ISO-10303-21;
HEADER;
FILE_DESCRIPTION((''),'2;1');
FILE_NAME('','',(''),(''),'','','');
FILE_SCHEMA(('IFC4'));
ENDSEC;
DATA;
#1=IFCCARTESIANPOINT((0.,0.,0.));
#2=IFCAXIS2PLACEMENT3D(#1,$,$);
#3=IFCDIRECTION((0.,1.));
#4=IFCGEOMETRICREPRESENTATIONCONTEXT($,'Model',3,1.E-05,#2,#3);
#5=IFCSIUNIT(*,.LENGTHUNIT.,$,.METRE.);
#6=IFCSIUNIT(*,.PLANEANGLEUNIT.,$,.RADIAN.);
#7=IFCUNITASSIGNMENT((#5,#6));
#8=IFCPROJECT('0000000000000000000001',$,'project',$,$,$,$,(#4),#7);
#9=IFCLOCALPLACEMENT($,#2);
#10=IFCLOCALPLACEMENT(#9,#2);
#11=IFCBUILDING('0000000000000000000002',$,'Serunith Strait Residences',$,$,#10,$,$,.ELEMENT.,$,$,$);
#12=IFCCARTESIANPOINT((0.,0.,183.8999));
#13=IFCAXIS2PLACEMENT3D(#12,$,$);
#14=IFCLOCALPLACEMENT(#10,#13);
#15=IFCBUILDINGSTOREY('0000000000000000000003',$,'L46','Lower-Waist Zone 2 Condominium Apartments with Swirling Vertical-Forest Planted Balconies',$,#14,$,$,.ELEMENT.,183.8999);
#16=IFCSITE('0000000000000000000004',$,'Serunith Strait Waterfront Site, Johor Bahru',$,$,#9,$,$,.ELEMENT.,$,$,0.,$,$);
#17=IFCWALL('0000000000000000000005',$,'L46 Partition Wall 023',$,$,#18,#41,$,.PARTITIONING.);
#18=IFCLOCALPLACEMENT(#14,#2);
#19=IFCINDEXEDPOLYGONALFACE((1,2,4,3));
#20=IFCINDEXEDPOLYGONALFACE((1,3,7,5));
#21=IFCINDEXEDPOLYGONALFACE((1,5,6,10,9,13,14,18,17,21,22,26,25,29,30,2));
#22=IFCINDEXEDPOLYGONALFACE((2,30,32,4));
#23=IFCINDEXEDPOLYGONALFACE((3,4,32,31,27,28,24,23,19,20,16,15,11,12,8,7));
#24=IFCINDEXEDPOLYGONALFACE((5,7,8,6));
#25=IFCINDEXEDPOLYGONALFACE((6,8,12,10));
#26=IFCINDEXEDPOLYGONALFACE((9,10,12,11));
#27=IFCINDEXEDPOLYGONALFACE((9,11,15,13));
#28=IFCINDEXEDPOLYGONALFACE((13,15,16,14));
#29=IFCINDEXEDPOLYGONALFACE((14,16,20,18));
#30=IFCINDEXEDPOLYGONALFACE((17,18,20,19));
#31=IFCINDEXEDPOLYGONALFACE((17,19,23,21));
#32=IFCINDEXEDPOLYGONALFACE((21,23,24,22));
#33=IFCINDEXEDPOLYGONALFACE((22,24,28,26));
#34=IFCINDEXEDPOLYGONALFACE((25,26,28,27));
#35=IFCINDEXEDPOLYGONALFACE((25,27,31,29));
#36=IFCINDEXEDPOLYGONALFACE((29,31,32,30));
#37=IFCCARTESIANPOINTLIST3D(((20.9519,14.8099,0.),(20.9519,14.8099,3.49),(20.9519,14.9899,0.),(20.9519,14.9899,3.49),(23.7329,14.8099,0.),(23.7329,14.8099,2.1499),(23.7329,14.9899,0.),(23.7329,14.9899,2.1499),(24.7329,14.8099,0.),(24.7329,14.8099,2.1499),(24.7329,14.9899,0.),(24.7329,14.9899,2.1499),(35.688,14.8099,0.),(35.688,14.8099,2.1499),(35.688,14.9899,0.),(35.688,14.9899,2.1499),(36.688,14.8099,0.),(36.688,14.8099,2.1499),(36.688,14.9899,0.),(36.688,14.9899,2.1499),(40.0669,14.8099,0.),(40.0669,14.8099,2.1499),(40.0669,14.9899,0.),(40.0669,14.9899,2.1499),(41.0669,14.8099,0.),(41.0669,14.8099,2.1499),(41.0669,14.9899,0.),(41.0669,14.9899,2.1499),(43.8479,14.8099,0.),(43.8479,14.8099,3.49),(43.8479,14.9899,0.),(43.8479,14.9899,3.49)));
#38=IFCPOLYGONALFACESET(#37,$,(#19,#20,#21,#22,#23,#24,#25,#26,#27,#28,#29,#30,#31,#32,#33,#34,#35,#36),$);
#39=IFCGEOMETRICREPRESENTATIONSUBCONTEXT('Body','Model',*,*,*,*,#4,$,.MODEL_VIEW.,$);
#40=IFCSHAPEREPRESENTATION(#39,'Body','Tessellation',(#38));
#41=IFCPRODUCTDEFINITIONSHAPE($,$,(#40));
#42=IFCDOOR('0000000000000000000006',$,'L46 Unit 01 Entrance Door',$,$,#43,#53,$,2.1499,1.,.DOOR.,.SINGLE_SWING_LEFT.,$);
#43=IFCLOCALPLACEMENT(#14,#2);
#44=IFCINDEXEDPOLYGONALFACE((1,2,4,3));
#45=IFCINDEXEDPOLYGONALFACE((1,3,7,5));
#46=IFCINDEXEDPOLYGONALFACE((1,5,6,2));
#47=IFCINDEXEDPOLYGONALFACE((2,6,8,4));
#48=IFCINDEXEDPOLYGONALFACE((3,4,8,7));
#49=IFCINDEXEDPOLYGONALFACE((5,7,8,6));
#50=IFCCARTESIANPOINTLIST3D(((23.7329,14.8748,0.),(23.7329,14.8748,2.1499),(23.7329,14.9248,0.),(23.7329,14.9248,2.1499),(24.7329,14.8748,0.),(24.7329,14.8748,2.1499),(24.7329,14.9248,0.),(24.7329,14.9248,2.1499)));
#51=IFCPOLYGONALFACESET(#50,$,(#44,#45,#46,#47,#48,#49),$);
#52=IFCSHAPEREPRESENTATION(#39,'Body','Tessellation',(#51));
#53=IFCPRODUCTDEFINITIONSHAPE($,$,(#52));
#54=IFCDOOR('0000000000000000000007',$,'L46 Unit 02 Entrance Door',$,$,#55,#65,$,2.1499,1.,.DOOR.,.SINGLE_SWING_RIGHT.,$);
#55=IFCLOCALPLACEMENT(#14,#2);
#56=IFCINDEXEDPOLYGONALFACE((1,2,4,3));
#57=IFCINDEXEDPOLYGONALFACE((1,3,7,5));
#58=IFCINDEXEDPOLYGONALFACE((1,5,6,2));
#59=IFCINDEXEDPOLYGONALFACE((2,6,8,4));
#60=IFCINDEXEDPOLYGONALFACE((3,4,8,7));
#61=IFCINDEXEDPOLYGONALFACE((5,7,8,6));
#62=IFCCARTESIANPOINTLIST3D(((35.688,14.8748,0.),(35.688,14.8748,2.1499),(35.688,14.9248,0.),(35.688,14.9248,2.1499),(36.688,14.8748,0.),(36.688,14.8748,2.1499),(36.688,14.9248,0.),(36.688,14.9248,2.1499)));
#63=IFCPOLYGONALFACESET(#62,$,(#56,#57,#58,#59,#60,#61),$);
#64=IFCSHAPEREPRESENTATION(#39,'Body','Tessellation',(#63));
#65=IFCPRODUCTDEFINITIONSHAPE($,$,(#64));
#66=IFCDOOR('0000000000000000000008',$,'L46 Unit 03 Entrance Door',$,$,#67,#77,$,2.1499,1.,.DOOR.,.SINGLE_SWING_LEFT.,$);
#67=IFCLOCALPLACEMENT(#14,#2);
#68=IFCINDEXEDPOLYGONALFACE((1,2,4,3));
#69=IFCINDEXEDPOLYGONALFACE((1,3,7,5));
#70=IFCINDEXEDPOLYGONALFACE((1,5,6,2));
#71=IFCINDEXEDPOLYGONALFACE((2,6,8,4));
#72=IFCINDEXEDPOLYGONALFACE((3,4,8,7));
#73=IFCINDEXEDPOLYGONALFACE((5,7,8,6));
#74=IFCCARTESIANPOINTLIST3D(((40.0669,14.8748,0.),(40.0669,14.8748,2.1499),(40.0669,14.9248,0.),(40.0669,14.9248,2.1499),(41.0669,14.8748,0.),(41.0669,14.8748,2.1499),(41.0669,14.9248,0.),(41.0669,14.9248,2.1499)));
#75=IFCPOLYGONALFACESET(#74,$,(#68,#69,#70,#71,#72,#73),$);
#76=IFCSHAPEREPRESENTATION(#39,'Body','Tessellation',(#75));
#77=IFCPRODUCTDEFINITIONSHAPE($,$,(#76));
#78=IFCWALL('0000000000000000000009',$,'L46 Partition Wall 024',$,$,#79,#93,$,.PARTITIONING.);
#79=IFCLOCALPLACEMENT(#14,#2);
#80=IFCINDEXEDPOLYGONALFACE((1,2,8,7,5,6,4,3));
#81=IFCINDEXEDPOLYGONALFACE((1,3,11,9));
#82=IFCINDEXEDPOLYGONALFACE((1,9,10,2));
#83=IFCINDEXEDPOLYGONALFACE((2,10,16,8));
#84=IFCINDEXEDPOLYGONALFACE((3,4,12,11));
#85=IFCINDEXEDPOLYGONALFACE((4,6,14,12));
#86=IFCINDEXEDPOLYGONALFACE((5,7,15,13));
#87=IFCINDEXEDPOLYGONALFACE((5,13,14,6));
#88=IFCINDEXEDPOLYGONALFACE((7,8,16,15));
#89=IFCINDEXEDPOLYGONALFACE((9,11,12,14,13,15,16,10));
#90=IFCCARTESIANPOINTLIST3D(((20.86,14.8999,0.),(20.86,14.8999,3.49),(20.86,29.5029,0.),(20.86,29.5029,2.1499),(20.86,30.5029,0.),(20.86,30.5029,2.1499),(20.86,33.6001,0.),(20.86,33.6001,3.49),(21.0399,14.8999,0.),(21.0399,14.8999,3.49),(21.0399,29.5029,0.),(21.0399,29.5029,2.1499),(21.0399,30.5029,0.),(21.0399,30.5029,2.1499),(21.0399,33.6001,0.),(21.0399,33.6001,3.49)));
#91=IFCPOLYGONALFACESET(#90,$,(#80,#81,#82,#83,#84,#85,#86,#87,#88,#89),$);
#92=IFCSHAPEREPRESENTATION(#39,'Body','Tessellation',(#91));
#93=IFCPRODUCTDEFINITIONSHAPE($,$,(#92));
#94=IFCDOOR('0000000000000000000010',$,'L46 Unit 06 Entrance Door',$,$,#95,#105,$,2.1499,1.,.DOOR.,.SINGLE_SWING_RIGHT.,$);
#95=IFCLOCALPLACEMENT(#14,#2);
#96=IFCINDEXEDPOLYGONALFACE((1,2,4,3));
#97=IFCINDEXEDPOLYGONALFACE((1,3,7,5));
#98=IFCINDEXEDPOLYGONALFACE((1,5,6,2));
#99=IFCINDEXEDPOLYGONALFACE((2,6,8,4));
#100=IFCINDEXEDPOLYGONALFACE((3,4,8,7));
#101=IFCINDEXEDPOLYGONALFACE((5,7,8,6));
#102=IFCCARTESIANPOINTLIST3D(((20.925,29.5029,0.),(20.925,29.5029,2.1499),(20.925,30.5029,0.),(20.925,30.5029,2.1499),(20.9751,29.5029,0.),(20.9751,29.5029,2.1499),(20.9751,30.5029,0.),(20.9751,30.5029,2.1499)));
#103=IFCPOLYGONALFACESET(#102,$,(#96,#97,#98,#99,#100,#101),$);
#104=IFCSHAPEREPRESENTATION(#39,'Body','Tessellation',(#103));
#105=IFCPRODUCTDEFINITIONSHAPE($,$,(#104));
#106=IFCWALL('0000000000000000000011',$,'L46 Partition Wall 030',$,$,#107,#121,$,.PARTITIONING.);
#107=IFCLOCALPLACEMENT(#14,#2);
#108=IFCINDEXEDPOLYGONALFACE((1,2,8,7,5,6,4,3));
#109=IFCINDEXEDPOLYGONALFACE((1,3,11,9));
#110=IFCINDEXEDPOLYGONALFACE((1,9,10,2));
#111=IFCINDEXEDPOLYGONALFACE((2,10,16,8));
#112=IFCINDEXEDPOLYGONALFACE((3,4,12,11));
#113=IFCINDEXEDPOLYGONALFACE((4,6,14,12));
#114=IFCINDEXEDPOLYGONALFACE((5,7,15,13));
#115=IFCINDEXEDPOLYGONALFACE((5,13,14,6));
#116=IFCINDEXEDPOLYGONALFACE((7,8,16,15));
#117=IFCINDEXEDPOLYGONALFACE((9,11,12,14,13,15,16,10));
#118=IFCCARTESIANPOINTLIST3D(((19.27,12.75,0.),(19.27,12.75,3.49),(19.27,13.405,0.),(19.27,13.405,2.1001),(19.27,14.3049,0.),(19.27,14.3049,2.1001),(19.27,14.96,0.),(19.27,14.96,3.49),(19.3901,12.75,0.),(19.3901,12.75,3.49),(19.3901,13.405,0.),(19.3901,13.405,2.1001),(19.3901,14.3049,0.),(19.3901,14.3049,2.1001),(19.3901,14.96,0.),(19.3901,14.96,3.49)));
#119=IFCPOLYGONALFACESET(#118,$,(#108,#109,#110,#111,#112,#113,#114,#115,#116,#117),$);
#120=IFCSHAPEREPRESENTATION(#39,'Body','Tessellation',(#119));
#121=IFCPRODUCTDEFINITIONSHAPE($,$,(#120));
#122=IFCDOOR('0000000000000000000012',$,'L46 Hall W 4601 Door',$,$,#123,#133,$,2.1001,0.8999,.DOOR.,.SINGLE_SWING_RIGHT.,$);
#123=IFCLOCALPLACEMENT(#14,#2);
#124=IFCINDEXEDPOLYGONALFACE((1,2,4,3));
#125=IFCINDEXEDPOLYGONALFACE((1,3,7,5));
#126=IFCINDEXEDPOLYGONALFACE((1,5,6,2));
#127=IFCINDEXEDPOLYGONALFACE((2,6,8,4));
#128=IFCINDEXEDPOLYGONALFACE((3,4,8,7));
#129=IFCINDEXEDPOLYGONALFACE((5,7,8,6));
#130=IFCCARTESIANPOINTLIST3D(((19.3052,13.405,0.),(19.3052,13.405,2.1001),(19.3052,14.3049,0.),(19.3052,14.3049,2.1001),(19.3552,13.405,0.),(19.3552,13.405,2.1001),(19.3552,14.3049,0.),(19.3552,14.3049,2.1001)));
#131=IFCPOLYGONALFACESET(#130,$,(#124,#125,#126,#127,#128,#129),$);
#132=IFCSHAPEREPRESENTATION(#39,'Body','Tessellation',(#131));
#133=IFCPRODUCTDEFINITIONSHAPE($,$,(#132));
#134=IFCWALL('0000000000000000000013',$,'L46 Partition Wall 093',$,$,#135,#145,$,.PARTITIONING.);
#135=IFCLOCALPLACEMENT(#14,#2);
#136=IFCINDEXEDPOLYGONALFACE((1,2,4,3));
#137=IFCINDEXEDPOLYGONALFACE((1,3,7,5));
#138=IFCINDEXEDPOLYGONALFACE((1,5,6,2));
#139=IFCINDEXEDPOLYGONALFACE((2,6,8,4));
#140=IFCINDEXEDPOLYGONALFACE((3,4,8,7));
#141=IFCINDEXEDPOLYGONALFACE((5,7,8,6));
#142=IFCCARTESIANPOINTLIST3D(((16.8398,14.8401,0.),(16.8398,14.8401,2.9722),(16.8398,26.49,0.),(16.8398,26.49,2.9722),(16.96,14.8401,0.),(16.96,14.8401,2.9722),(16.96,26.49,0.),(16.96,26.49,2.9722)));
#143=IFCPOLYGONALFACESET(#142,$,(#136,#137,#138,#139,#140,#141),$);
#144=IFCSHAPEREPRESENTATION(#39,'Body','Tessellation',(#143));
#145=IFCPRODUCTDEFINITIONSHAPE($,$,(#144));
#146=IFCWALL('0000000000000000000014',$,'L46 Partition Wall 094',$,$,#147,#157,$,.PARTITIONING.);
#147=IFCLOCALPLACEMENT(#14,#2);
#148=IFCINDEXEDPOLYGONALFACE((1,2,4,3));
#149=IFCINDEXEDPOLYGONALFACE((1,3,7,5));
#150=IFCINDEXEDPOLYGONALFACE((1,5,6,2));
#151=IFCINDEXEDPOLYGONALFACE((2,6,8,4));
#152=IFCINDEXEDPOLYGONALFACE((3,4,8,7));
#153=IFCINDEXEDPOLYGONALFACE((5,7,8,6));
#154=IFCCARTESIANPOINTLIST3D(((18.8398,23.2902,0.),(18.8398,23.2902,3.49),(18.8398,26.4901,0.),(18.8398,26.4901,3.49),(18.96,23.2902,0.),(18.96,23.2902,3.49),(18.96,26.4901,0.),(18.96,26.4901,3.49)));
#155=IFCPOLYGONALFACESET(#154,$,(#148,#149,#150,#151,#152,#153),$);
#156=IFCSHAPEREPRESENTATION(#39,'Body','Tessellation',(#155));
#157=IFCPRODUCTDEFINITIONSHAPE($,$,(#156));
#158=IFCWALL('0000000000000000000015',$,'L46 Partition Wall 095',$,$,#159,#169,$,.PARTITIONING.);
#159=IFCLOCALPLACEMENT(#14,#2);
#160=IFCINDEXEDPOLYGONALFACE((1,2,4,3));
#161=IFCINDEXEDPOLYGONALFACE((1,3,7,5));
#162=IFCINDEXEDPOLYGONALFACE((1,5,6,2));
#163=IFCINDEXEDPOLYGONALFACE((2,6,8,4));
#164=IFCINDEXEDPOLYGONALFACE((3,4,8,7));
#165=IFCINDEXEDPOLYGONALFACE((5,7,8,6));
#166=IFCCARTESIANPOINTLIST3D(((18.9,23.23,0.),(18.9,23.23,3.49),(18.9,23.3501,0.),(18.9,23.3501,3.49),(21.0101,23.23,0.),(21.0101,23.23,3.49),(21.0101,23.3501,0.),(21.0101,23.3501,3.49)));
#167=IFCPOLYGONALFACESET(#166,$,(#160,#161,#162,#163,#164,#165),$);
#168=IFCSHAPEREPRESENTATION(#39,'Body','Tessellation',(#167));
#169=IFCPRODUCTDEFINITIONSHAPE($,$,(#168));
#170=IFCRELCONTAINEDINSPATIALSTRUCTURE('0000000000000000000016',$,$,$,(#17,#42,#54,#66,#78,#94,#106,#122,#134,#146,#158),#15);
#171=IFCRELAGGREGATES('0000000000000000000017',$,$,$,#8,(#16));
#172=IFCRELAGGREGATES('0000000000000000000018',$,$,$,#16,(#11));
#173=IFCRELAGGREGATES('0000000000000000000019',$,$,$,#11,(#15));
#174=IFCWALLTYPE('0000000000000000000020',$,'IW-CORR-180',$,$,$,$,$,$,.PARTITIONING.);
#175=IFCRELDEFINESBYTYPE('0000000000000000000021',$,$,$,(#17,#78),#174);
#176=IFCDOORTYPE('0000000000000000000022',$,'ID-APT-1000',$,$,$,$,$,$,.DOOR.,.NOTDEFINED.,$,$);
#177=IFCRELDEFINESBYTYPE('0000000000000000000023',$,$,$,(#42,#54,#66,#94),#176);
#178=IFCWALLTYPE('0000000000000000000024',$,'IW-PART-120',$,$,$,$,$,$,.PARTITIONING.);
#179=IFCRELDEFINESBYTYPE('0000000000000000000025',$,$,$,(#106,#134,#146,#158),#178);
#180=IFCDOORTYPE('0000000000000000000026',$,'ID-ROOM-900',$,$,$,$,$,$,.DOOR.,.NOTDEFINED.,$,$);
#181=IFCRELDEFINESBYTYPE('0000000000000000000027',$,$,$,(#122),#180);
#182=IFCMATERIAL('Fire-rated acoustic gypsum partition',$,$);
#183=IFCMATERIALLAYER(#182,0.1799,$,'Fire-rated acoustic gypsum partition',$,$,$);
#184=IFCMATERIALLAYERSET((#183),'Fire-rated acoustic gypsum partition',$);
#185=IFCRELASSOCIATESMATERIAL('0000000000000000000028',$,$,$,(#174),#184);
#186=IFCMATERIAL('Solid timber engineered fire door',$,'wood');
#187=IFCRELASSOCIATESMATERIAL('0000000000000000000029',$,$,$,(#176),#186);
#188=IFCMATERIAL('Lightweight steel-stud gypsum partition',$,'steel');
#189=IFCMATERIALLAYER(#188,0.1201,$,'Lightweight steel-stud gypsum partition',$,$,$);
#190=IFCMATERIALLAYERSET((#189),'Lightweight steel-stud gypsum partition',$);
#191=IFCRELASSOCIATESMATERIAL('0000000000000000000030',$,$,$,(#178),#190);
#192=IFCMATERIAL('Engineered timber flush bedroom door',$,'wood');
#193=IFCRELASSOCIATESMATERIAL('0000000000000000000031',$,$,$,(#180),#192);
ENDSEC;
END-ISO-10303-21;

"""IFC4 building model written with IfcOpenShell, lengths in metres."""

from ifc_helpers import new_model, si_unit, direction, frame, frame_2d, origin, place, context, subcontext, project, spatial, rectangle, extrude, source, transform, mapped, material, layer, layer_set, type_object, element, fill, save


model = new_model("IFC4")

# Units and contexts
model_context = context("Model", 3, precision=1e-05, world=origin(), true_north=direction((0.0, 1.0)))
body_context = subcontext(model_context, "Body", "Model", "MODEL_VIEW")
ifc_project = project(units=[si_unit("LENGTHUNIT", "METRE"), si_unit("PLANEANGLEUNIT", "RADIAN")], contexts=[model_context])

# Site, building, storey
site_placement = place(None, origin())
site = spatial("IfcSite", under=ifc_project, at=site_placement, Name="Serunith Strait Waterfront Site, Johor Bahru", CompositionType="ELEMENT", RefElevation=0.0)
building_placement = place(site_placement, origin())
building = spatial("IfcBuilding", under=site, at=building_placement, Name="Serunith Strait Residences", CompositionType="ELEMENT")
storey_placement = place(building_placement, frame((0.0, 0.0, 183.8999)))
storey = spatial("IfcBuildingStorey", under=building, at=storey_placement, Name="L46", Description="Lower-Waist Zone 2 Condominium Apartments with Swirling Vertical-Forest Planted Balconies", CompositionType="ELEMENT", Elevation=183.8999)

# Wall, openings, doors
ifc_material_1 = material(Name="Fire-rated acoustic gypsum partition")
ifc_layer_1 = layer(ifc_material_1, 0.1799, Name="Fire-rated acoustic gypsum partition")
ifc_layer_set_1 = layer_set([ifc_layer_1], Name="Fire-rated acoustic gypsum partition")
wall_type_1 = type_object("IfcWallType", Name="IW-CORR-180", PredefinedType="PARTITIONING", material=ifc_layer_set_1)
wall_1_placement = place(storey_placement, frame((20.9519, 14.8999, 0.0), z_axis=(0.0, 0.0, 1.0), x_axis=(1.0, 0.0, 0.0)))
wall_1 = element("IfcWall", 1, at=wall_1_placement, inside=storey, type_object=wall_type_1, Name="L46 Partition Wall 023", PredefinedType="PARTITIONING", context=body_context, shape_type="SweptSolid", body=[
    extrude(rectangle(XDim=22.896, YDim=0.1799, at=frame_2d((11.448, 0.0))), origin(), (0.0, 0.0, 1.0), 3.49),
])
opening_1_placement = place(wall_1_placement, frame((2.781, 0.0, 0.0)))
opening_1 = element("IfcOpeningElement", 2, at=opening_1_placement, cuts=wall_1, PredefinedType="OPENING", context=body_context, shape_type="SweptSolid", body=[
    extrude(rectangle(XDim=1.0, YDim=2.1499, at=frame_2d((0.5, 1.075))), frame((0.0, 0.1001, 0.0), z_axis=(0.0, -1.0, 0.0), x_axis=(1.0, 0.0, 0.0)), (0.0, 0.0, 1.0), 0.2),
])
opening_2_placement = place(wall_1_placement, frame((14.7361, 0.0, 0.0)))
opening_2 = element("IfcOpeningElement", 3, at=opening_2_placement, cuts=wall_1, PredefinedType="OPENING", context=body_context, shape_type="SweptSolid", body=[
    extrude(rectangle(XDim=1.0, YDim=2.1499, at=frame_2d((0.5, 1.075))), frame((0.0, 0.1001, 0.0), z_axis=(0.0, -1.0, 0.0), x_axis=(1.0, 0.0, 0.0)), (0.0, 0.0, 1.0), 0.2),
])
opening_3_placement = place(wall_1_placement, frame((19.115, 0.0, 0.0)))
opening_3 = element("IfcOpeningElement", 4, at=opening_3_placement, cuts=wall_1, PredefinedType="OPENING", context=body_context, shape_type="SweptSolid", body=[
    extrude(rectangle(XDim=1.0, YDim=2.1499, at=frame_2d((0.5, 1.075))), frame((0.0, 0.1001, 0.0), z_axis=(0.0, -1.0, 0.0), x_axis=(1.0, 0.0, 0.0)), (0.0, 0.0, 1.0), 0.2),
])
ifc_material_2 = material(Name="Solid timber engineered fire door", Category="wood")
door_type_1 = type_object("IfcDoorType", Name="ID-APT-1000", OperationType="NOTDEFINED", PredefinedType="DOOR", material=ifc_material_2)
shared_shape_1 = source(origin(), body_context, "Body", "SweptSolid", [
    extrude(rectangle(XDim=1.0, YDim=2.1499, at=frame_2d((0.5, 1.075))), frame((0.0, 0.0249, 0.0), z_axis=(0.0, -1.0, 0.0), x_axis=(1.0, 0.0, 0.0)), (0.0, 0.0, 1.0), 0.05),
])
door_1_placement = place(opening_1_placement, origin())
door_1 = element("IfcDoor", 5, at=door_1_placement, inside=storey, type_object=door_type_1, Name="L46 Unit 01 Entrance Door", OperationType="SINGLE_SWING_LEFT", OverallHeight=2.1499, OverallWidth=1.0, PredefinedType="DOOR", context=body_context, shape_type="MappedRepresentation", body=[
    mapped(shared_shape_1, transform((0.0, 0.0, 0.0), scale=1.0)),
])
fill(opening_1, door_1)
door_2_placement = place(opening_2_placement, origin())
door_2 = element("IfcDoor", 6, at=door_2_placement, inside=storey, type_object=door_type_1, Name="L46 Unit 02 Entrance Door", OperationType="SINGLE_SWING_RIGHT", OverallHeight=2.1499, OverallWidth=1.0, PredefinedType="DOOR", context=body_context, shape_type="MappedRepresentation", body=[
    mapped(shared_shape_1, transform((0.0, 0.0, 0.0), scale=1.0)),
])
fill(opening_2, door_2)
door_3_placement = place(opening_3_placement, origin())
door_3 = element("IfcDoor", 7, at=door_3_placement, inside=storey, type_object=door_type_1, Name="L46 Unit 03 Entrance Door", OperationType="SINGLE_SWING_LEFT", OverallHeight=2.1499, OverallWidth=1.0, PredefinedType="DOOR", context=body_context, shape_type="MappedRepresentation", body=[
    mapped(shared_shape_1, transform((0.0, 0.0, 0.0), scale=1.0)),
])
fill(opening_3, door_3)

# Walls, openings, doors
wall_2_placement = place(storey_placement, frame((20.95, 14.8999, 0.0), z_axis=(0.0, 0.0, 1.0), x_axis=(0.0, 1.0, 0.0)))
wall_2 = element("IfcWall", 8, at=wall_2_placement, inside=storey, type_object=wall_type_1, Name="L46 Partition Wall 024", PredefinedType="PARTITIONING", context=body_context, shape_type="SweptSolid", body=[
    extrude(rectangle(XDim=18.7002, YDim=0.1799, at=frame_2d((9.3501, 0.0))), origin(), (0.0, 0.0, 1.0), 3.49),
])
opening_4_placement = place(wall_2_placement, frame((14.603, 0.0, 0.0)))
opening_4 = element("IfcOpeningElement", 9, at=opening_4_placement, cuts=wall_2, PredefinedType="OPENING", context=body_context, shape_type="SweptSolid", body=[
    extrude(rectangle(XDim=1.0, YDim=2.1499, at=frame_2d((0.5, 1.075))), frame((0.0, 0.1001, 0.0), z_axis=(0.0, -1.0, 0.0), x_axis=(1.0, 0.0, 0.0)), (0.0, 0.0, 1.0), 0.2),
])
door_4_placement = place(opening_4_placement, origin())
door_4 = element("IfcDoor", 10, at=door_4_placement, inside=storey, type_object=door_type_1, Name="L46 Unit 06 Entrance Door", OperationType="SINGLE_SWING_RIGHT", OverallHeight=2.1499, OverallWidth=1.0, PredefinedType="DOOR", context=body_context, shape_type="MappedRepresentation", body=[
    mapped(shared_shape_1, transform((0.0, 0.0, 0.0), scale=1.0)),
])
fill(opening_4, door_4)
ifc_material_3 = material(Name="Lightweight steel-stud gypsum partition", Category="steel")
ifc_layer_2 = layer(ifc_material_3, 0.1201, Name="Lightweight steel-stud gypsum partition")
ifc_layer_set_2 = layer_set([ifc_layer_2], Name="Lightweight steel-stud gypsum partition")
wall_type_2 = type_object("IfcWallType", Name="IW-PART-120", PredefinedType="PARTITIONING", material=ifc_layer_set_2)
wall_3_placement = place(storey_placement, frame((19.3301, 12.75, 0.0), z_axis=(0.0, 0.0, 1.0), x_axis=(0.0, 1.0, 0.0)))
wall_3 = element("IfcWall", 11, at=wall_3_placement, inside=storey, type_object=wall_type_2, Name="L46 Partition Wall 030", PredefinedType="PARTITIONING", context=body_context, shape_type="SweptSolid", body=[
    extrude(rectangle(XDim=2.21, YDim=0.1201, at=frame_2d((1.105, 0.0))), origin(), (0.0, 0.0, 1.0), 3.49),
])
opening_5_placement = place(wall_3_placement, frame((0.655, 0.0, 0.0)))
opening_5 = element("IfcOpeningElement", 12, at=opening_5_placement, cuts=wall_3, PredefinedType="OPENING", context=body_context, shape_type="SweptSolid", body=[
    extrude(rectangle(XDim=0.8999, YDim=2.1001, at=frame_2d((0.45, 1.05))), frame((0.0, 0.0701, 0.0), z_axis=(0.0, -1.0, 0.0), x_axis=(1.0, 0.0, 0.0)), (0.0, 0.0, 1.0), 0.1401),
])
ifc_material_4 = material(Name="Engineered timber flush bedroom door", Category="wood")
door_type_2 = type_object("IfcDoorType", Name="ID-ROOM-900", OperationType="NOTDEFINED", PredefinedType="DOOR", material=ifc_material_4)
shared_shape_2 = source(origin(), body_context, "Body", "SweptSolid", [
    extrude(rectangle(XDim=0.8999, YDim=2.1001, at=frame_2d((0.45, 1.05))), frame((0.0, 0.0249, 0.0), z_axis=(0.0, -1.0, 0.0), x_axis=(1.0, 0.0, 0.0)), (0.0, 0.0, 1.0), 0.05),
])
door_5_placement = place(opening_5_placement, origin())
door_5 = element("IfcDoor", 13, at=door_5_placement, inside=storey, type_object=door_type_2, Name="L46 Hall W 4601 Door", OperationType="SINGLE_SWING_RIGHT", OverallHeight=2.1001, OverallWidth=0.8999, PredefinedType="DOOR", context=body_context, shape_type="MappedRepresentation", body=[
    mapped(shared_shape_2, transform((0.0, 0.0, 0.0), scale=1.0)),
])
fill(opening_5, door_5)

# Walls
wall_4_placement = place(storey_placement, frame((16.8999, 14.8401, 0.0), z_axis=(0.0, 0.0, 1.0), x_axis=(0.0, 1.0, 0.0)))
element("IfcWall", 14, at=wall_4_placement, inside=storey, type_object=wall_type_2, Name="L46 Partition Wall 093", PredefinedType="PARTITIONING", context=body_context, shape_type="SweptSolid", body=[
    extrude(rectangle(XDim=11.6499, YDim=0.1201, at=frame_2d((5.825, 0.0))), origin(), (0.0, 0.0, 1.0), 2.9722),
])
wall_5_placement = place(storey_placement, frame((18.8999, 23.29, 0.0), z_axis=(0.0, 0.0, 1.0), x_axis=(0.0, 1.0, 0.0)))
element("IfcWall", 15, at=wall_5_placement, inside=storey, type_object=wall_type_2, Name="L46 Partition Wall 094", PredefinedType="PARTITIONING", context=body_context, shape_type="SweptSolid", body=[
    extrude(rectangle(XDim=3.2, YDim=0.1201, at=frame_2d((1.6001, 0.0))), origin(), (0.0, 0.0, 1.0), 3.49),
])
wall_6_placement = place(storey_placement, frame((18.8999, 23.29, 0.0), z_axis=(0.0, 0.0, 1.0), x_axis=(1.0, 0.0, 0.0)))
element("IfcWall", 16, at=wall_6_placement, inside=storey, type_object=wall_type_2, Name="L46 Partition Wall 095", PredefinedType="PARTITIONING", context=body_context, shape_type="SweptSolid", body=[
    extrude(rectangle(XDim=2.1101, YDim=0.1201, at=frame_2d((1.0552, 0.0))), origin(), (0.0, 0.0, 1.0), 3.49),
])

save(model, "model.ifc")
